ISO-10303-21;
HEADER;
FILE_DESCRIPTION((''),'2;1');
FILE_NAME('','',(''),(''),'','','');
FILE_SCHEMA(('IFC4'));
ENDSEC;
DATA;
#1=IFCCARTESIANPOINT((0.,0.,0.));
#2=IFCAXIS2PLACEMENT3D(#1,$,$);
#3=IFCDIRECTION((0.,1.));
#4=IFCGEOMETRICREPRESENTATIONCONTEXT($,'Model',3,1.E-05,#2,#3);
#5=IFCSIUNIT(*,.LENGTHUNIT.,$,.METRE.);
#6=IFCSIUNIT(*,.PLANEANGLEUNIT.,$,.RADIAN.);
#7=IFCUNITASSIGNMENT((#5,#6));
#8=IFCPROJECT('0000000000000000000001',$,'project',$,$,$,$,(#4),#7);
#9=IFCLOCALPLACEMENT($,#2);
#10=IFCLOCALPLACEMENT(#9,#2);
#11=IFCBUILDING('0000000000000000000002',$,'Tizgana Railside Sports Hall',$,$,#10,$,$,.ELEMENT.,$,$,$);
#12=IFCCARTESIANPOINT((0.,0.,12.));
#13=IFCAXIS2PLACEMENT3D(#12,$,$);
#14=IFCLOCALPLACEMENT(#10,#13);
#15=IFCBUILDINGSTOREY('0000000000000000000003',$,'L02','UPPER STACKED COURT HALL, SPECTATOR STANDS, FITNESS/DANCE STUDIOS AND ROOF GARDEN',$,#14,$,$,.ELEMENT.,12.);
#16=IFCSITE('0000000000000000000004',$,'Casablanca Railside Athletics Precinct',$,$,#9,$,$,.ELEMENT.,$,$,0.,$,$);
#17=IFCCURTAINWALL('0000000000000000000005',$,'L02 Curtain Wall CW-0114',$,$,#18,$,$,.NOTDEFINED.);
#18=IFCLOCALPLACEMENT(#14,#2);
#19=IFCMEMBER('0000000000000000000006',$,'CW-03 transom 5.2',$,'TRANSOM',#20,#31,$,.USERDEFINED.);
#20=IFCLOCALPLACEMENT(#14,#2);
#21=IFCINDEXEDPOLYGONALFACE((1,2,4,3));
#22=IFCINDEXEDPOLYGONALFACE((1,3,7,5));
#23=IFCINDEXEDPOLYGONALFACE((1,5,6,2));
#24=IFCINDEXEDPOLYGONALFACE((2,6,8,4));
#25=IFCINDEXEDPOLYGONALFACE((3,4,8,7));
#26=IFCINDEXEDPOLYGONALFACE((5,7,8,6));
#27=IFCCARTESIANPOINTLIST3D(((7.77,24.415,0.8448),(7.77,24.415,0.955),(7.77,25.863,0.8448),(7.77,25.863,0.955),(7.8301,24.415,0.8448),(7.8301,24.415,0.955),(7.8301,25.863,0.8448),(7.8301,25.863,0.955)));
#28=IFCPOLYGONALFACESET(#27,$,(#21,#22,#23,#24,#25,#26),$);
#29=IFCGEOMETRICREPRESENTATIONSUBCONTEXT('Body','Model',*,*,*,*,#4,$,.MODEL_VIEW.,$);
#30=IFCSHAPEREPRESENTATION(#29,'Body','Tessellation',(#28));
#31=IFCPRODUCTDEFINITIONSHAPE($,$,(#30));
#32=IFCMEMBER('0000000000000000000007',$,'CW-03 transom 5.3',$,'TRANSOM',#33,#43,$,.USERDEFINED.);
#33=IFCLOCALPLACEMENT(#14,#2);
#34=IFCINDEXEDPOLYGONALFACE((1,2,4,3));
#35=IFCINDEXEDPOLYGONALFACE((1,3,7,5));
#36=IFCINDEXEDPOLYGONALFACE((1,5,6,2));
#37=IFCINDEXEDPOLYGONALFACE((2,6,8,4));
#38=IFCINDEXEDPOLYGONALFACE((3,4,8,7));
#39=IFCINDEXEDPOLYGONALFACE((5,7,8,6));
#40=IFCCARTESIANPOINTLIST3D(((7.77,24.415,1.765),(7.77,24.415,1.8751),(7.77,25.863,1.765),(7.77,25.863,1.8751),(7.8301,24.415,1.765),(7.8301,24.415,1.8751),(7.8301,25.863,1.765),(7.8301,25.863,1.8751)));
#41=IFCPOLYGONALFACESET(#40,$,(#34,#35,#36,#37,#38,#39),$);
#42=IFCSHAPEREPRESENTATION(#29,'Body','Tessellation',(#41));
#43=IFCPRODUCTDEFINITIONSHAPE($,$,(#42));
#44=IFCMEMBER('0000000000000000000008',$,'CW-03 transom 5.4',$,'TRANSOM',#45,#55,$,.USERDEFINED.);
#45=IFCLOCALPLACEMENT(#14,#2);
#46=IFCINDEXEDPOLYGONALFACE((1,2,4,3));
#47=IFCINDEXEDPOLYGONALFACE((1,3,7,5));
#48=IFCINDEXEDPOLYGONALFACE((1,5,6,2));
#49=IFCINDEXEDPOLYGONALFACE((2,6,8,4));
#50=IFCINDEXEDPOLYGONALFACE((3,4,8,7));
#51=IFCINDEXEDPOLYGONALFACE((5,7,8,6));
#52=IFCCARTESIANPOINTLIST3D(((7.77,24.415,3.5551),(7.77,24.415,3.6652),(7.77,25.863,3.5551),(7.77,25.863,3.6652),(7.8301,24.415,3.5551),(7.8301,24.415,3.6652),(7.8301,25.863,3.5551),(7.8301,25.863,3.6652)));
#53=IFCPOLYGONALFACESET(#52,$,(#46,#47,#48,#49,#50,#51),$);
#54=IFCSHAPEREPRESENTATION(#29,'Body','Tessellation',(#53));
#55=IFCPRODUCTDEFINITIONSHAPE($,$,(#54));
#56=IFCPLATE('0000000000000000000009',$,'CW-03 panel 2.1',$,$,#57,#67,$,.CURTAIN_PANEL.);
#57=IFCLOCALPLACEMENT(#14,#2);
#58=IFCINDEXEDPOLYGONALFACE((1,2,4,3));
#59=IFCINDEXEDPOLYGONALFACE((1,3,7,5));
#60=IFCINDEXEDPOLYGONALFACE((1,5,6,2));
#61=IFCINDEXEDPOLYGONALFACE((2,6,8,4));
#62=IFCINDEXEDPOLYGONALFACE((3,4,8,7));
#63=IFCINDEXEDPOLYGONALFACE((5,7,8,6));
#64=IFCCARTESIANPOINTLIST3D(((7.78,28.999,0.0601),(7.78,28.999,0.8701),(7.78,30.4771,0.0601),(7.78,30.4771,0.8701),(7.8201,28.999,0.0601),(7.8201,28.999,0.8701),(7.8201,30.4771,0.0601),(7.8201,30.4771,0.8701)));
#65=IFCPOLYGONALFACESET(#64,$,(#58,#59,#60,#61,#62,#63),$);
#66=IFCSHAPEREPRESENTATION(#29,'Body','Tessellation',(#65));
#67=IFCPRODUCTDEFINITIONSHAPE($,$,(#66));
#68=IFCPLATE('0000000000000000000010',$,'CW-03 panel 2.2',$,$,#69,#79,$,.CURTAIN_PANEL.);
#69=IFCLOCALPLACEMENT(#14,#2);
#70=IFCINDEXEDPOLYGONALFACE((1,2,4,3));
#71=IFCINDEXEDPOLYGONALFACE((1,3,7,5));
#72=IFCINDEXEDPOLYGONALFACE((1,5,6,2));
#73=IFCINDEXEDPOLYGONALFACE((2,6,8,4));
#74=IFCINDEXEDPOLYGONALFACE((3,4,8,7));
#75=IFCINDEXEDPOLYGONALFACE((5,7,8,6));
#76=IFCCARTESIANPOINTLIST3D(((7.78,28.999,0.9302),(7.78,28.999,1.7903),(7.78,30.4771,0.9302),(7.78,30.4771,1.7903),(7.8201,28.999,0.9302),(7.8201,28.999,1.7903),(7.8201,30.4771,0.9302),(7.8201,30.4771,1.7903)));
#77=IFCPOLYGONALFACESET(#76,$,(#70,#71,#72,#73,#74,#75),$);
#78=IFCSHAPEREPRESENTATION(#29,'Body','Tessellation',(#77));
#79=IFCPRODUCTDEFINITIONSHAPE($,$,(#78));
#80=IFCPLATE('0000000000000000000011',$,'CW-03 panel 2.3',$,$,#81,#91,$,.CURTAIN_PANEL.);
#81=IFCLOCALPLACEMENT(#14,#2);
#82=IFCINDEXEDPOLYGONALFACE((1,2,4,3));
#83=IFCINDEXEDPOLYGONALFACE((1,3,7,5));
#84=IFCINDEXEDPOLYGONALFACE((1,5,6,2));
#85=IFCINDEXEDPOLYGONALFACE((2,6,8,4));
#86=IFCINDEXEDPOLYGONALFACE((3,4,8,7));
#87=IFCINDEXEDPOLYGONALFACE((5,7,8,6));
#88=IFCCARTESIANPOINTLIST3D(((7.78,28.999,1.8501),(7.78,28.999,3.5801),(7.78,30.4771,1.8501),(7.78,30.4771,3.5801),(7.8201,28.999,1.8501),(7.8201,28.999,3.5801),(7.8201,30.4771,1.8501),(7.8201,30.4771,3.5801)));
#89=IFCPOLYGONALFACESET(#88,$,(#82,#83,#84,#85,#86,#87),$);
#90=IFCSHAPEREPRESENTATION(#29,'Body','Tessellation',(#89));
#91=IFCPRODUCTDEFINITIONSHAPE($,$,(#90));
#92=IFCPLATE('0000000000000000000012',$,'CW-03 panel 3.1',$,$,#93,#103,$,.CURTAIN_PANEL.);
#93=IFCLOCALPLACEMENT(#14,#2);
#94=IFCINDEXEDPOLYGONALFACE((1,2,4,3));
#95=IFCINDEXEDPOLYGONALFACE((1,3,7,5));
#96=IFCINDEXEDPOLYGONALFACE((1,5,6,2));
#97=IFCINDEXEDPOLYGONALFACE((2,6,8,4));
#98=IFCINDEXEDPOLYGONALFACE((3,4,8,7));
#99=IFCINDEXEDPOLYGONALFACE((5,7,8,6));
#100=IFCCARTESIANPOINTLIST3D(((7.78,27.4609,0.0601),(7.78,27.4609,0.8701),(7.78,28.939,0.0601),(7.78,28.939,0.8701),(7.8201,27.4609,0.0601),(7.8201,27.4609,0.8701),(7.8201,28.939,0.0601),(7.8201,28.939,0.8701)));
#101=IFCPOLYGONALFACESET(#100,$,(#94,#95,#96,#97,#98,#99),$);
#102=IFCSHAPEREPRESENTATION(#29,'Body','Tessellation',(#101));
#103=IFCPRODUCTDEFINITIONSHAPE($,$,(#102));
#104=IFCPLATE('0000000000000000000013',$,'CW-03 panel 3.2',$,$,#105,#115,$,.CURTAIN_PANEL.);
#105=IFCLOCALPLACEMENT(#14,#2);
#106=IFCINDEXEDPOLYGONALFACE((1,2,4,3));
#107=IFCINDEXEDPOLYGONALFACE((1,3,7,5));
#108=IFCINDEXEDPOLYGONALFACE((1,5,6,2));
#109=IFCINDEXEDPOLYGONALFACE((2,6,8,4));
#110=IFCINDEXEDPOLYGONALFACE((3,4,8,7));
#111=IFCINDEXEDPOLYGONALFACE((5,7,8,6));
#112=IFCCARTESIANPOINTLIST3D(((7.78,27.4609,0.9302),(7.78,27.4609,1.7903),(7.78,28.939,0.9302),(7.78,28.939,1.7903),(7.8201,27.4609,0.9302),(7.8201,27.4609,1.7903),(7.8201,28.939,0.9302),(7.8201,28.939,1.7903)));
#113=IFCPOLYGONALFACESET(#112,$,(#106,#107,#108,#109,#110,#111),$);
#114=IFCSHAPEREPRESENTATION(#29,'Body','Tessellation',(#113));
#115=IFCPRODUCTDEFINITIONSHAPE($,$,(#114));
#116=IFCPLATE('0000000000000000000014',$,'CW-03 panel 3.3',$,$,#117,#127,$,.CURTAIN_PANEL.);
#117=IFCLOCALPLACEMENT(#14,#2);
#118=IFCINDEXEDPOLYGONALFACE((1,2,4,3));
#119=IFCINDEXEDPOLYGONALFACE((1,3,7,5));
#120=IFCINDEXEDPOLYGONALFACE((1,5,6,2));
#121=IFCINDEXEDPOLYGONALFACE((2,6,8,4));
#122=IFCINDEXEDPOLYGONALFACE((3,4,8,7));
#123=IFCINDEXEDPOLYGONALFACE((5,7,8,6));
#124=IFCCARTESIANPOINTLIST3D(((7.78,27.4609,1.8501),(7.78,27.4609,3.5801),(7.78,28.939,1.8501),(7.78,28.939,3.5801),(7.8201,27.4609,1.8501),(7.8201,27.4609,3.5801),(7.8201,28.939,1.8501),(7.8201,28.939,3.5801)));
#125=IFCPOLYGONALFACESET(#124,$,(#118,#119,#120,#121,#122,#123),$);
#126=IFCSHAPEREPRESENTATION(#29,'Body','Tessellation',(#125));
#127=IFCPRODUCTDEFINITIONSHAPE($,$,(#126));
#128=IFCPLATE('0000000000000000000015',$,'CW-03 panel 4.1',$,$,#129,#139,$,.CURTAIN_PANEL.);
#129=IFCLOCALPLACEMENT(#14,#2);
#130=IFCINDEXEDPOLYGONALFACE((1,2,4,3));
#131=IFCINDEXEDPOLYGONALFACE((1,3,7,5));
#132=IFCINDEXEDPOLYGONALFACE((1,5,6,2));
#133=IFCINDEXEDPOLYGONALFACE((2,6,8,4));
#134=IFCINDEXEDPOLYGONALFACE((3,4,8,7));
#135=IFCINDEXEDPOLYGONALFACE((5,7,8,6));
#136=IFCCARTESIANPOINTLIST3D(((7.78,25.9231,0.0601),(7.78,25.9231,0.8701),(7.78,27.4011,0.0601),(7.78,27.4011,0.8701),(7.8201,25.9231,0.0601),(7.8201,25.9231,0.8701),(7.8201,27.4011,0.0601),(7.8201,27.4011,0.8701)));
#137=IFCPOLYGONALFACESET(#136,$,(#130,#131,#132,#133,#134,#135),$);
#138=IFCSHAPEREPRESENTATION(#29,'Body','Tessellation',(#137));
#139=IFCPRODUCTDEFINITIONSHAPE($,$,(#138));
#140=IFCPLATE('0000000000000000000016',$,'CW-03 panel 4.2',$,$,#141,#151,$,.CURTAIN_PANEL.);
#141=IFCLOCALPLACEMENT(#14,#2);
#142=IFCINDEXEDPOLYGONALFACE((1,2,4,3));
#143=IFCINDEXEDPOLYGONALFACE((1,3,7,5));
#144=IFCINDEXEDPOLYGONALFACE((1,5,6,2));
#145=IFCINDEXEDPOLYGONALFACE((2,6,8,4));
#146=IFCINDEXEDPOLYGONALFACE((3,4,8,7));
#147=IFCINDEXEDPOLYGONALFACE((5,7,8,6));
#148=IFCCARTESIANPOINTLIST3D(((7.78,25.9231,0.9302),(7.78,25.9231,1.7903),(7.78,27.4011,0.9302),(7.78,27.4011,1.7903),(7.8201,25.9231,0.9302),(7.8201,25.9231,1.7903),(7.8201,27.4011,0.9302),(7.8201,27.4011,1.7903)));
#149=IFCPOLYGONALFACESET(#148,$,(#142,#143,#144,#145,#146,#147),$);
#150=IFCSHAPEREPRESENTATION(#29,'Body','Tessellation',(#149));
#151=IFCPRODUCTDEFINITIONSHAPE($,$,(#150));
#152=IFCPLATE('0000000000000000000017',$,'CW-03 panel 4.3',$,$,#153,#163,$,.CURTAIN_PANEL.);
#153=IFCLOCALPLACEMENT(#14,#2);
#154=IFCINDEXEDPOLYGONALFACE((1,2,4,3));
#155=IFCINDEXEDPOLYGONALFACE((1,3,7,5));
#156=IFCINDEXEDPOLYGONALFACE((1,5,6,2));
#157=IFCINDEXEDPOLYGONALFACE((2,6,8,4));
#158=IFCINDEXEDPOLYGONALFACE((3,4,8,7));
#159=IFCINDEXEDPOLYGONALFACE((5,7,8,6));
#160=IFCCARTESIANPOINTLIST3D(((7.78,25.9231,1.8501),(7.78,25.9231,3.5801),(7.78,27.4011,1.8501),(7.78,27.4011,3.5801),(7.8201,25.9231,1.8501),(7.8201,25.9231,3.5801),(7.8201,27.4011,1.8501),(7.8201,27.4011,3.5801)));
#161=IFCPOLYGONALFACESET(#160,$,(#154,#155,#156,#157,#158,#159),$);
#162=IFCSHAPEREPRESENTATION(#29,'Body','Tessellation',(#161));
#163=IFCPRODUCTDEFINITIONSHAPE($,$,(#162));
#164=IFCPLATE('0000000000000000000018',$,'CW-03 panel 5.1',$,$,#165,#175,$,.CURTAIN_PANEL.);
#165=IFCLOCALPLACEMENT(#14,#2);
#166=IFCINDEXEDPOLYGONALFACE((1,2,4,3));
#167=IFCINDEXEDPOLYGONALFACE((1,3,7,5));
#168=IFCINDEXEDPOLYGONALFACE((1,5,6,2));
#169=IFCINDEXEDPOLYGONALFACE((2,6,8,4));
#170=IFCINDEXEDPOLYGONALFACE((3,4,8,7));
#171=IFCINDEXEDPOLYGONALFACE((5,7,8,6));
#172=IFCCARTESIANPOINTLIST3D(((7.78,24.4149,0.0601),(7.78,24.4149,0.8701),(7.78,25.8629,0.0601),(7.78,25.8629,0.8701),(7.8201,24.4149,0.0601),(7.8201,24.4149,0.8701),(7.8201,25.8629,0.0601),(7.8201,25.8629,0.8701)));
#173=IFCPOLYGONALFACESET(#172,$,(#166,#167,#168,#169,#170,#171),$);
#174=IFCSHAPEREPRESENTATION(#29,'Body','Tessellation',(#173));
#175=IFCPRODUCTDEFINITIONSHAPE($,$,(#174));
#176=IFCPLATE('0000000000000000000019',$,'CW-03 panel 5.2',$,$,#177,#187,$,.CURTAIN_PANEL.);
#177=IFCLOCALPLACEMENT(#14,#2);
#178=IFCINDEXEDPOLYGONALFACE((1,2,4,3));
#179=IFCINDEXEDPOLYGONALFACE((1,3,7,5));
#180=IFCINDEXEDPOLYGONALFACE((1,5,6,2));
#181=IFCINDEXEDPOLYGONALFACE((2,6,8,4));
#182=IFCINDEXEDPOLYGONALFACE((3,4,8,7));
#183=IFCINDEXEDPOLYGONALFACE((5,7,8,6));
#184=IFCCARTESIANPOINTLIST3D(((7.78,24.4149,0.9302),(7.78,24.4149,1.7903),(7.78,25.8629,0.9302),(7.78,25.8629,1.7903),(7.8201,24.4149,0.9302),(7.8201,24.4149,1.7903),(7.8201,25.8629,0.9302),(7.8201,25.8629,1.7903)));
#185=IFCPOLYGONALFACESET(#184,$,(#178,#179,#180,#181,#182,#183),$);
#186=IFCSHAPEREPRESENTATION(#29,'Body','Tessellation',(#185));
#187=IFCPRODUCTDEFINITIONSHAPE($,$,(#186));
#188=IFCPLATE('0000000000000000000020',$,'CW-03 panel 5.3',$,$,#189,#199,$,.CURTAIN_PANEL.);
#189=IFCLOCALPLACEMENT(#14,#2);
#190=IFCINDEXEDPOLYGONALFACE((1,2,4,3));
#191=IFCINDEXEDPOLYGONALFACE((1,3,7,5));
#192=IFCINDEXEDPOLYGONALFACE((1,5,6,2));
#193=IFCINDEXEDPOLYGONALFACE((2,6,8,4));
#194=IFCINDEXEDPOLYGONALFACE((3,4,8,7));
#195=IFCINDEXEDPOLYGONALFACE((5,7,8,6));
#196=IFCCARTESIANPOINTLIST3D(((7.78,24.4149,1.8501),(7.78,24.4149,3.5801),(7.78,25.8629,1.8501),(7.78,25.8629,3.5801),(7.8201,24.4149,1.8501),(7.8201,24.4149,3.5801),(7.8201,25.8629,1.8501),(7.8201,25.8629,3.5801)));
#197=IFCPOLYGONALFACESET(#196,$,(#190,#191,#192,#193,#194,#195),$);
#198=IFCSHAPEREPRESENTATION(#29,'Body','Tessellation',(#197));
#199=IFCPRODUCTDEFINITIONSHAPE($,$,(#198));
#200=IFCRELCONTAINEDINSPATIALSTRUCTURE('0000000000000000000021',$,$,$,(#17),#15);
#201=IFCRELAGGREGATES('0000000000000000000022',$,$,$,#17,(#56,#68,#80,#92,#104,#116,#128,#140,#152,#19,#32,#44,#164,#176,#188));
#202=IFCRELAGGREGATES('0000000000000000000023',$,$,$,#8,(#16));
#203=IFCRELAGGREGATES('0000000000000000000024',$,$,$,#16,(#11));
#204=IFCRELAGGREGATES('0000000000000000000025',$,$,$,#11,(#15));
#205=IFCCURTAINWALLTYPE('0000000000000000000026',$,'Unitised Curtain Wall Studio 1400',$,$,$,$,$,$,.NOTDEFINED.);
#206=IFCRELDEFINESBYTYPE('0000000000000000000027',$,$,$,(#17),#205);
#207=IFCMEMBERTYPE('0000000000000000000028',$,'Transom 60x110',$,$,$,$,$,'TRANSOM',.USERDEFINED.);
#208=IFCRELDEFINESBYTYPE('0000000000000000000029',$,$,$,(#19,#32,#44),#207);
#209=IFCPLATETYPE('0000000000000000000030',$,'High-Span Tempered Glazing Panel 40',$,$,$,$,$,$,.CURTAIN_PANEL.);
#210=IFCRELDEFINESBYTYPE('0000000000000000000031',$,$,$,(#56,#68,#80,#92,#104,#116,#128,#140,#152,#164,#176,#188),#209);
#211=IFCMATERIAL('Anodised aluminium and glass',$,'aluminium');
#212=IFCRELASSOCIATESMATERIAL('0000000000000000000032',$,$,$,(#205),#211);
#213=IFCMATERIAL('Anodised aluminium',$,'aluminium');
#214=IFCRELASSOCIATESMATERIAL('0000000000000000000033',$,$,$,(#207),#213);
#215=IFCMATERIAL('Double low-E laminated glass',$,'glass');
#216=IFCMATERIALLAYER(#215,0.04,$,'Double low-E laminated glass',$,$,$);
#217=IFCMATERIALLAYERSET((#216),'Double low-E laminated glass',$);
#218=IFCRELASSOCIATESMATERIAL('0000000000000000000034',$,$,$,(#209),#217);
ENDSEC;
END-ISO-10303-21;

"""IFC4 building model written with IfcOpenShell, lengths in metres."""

from ifc_helpers import new_model, si_unit, direction, frame, origin, origin_2d, place, context, subcontext, project, spatial, rectangle, extrude, material, layer, layer_set, material_profile, profile_set, type_object, element, aggregate, save


model = new_model("IFC4")

# Units and contexts
model_context = context("Model", 3, precision=1e-05, world=origin(), true_north=direction((0.0, 1.0)))
body_context = subcontext(model_context, "Body", "Model", "MODEL_VIEW")
ifc_project = project(units=[si_unit("LENGTHUNIT", "METRE"), si_unit("PLANEANGLEUNIT", "RADIAN")], contexts=[model_context])

# Site, building, storey
site_placement = place(None, origin())
site = spatial("IfcSite", under=ifc_project, at=site_placement, Name="Casablanca Railside Athletics Precinct", CompositionType="ELEMENT", RefElevation=0.0)
building_placement = place(site_placement, origin())
building = spatial("IfcBuilding", under=site, at=building_placement, Name="Tizgana Railside Sports Hall", CompositionType="ELEMENT")
storey_placement = place(building_placement, frame((0.0, 0.0, 12.0)))
storey = spatial("IfcBuildingStorey", under=building, at=storey_placement, Name="L02", Description="UPPER STACKED COURT HALL, SPECTATOR STANDS, FITNESS/DANCE STUDIOS AND ROOF GARDEN", CompositionType="ELEMENT", Elevation=12.0)

# Curtain wall
ifc_material_1 = material(Name="Anodised aluminium and glass", Category="aluminium")
curtain_wall_type_1 = type_object("IfcCurtainWallType", Name="Unitised Curtain Wall Studio 1400", PredefinedType="NOTDEFINED", material=ifc_material_1)
curtain_wall_1_placement = place(storey_placement, origin())
curtain_wall_1 = element("IfcCurtainWall", 1, at=curtain_wall_1_placement, inside=storey, type_object=curtain_wall_type_1, Name="L02 Curtain Wall CW-0114", PredefinedType="NOTDEFINED")
ifc_material_2 = material(Name="Anodised aluminium", Category="aluminium")

# Members
ifc_material_profile_1 = material_profile(ifc_material_2, rectangle(XDim=0.0601, YDim=0.1101, at=origin_2d()), Name="Transom 60x110")
ifc_profile_set_1 = profile_set([ifc_material_profile_1], Name="Anodised aluminium")
member_type_1 = type_object("IfcMemberType", Name="Transom 60x110", ElementType="TRANSOM", PredefinedType="USERDEFINED", material=ifc_profile_set_1)
member_1_placement = place(storey_placement, frame((7.8, 25.863, 0.8999), z_axis=(0.0, -1.0, 0.0), x_axis=(1.0, 0.0, 0.0)))
member_1 = element("IfcMember", 2, at=member_1_placement, type_object=member_type_1, Name="CW-03 transom 5.2", ObjectType="TRANSOM", PredefinedType="USERDEFINED", context=body_context, shape_type="SweptSolid", body=[
    extrude(rectangle(XDim=0.0601, YDim=0.1101, at=origin_2d()), origin(), (0.0, 0.0, 1.0), 1.448),
])
member_2_placement = place(storey_placement, frame((7.8, 25.863, 1.8201), z_axis=(0.0, -1.0, 0.0), x_axis=(1.0, 0.0, 0.0)))
member_2 = element("IfcMember", 3, at=member_2_placement, type_object=member_type_1, Name="CW-03 transom 5.3", ObjectType="TRANSOM", PredefinedType="USERDEFINED", context=body_context, shape_type="SweptSolid", body=[
    extrude(rectangle(XDim=0.0601, YDim=0.1101, at=origin_2d()), origin(), (0.0, 0.0, 1.0), 1.448),
])
member_3_placement = place(storey_placement, frame((7.8, 25.863, 3.6101), z_axis=(0.0, -1.0, 0.0), x_axis=(1.0, 0.0, 0.0)))
member_3 = element("IfcMember", 4, at=member_3_placement, type_object=member_type_1, Name="CW-03 transom 5.4", ObjectType="TRANSOM", PredefinedType="USERDEFINED", context=body_context, shape_type="SweptSolid", body=[
    extrude(rectangle(XDim=0.0601, YDim=0.1101, at=origin_2d()), origin(), (0.0, 0.0, 1.0), 1.448),
])

# Plates
ifc_material_3 = material(Name="Double low-E laminated glass", Category="glass")
ifc_layer = layer(ifc_material_3, 0.04, Name="Double low-E laminated glass")
ifc_layer_set = layer_set([ifc_layer], Name="Double low-E laminated glass")
plate_type = type_object("IfcPlateType", Name="High-Span Tempered Glazing Panel 40", PredefinedType="CURTAIN_PANEL", material=ifc_layer_set)
plate_1_placement = place(storey_placement, frame((7.8, 29.738, 0.0601), z_axis=(0.0, 0.0, 1.0), x_axis=(0.0, -1.0, 0.0)))
plate_1 = element("IfcPlate", 5, at=plate_1_placement, type_object=plate_type, Name="CW-03 panel 2.1", PredefinedType="CURTAIN_PANEL", context=body_context, shape_type="SweptSolid", body=[
    extrude(rectangle(XDim=1.478, YDim=0.04, at=origin_2d()), origin(), (0.0, 0.0, 1.0), 0.8101),
])
plate_2_placement = place(storey_placement, frame((7.8, 29.738, 0.9302), z_axis=(0.0, 0.0, 1.0), x_axis=(0.0, -1.0, 0.0)))
plate_2 = element("IfcPlate", 6, at=plate_2_placement, type_object=plate_type, Name="CW-03 panel 2.2", PredefinedType="CURTAIN_PANEL", context=body_context, shape_type="SweptSolid", body=[
    extrude(rectangle(XDim=1.478, YDim=0.04, at=origin_2d()), origin(), (0.0, 0.0, 1.0), 0.8601),
])
plate_3_placement = place(storey_placement, frame((7.8, 29.738, 1.8501), z_axis=(0.0, 0.0, 1.0), x_axis=(0.0, -1.0, 0.0)))
plate_3 = element("IfcPlate", 7, at=plate_3_placement, type_object=plate_type, Name="CW-03 panel 2.3", PredefinedType="CURTAIN_PANEL", context=body_context, shape_type="SweptSolid", body=[
    extrude(rectangle(XDim=1.478, YDim=0.04, at=origin_2d()), origin(), (0.0, 0.0, 1.0), 1.73),
])
plate_4_placement = place(storey_placement, frame((7.8, 28.2, 0.0601), z_axis=(0.0, 0.0, 1.0), x_axis=(0.0, -1.0, 0.0)))
plate_4 = element("IfcPlate", 8, at=plate_4_placement, type_object=plate_type, Name="CW-03 panel 3.1", PredefinedType="CURTAIN_PANEL", context=body_context, shape_type="SweptSolid", body=[
    extrude(rectangle(XDim=1.478, YDim=0.04, at=origin_2d()), origin(), (0.0, 0.0, 1.0), 0.8101),
])
plate_5_placement = place(storey_placement, frame((7.8, 28.2, 0.9302), z_axis=(0.0, 0.0, 1.0), x_axis=(0.0, -1.0, 0.0)))
plate_5 = element("IfcPlate", 9, at=plate_5_placement, type_object=plate_type, Name="CW-03 panel 3.2", PredefinedType="CURTAIN_PANEL", context=body_context, shape_type="SweptSolid", body=[
    extrude(rectangle(XDim=1.478, YDim=0.04, at=origin_2d()), origin(), (0.0, 0.0, 1.0), 0.8601),
])
plate_6_placement = place(storey_placement, frame((7.8, 28.2, 1.8501), z_axis=(0.0, 0.0, 1.0), x_axis=(0.0, -1.0, 0.0)))
plate_6 = element("IfcPlate", 10, at=plate_6_placement, type_object=plate_type, Name="CW-03 panel 3.3", PredefinedType="CURTAIN_PANEL", context=body_context, shape_type="SweptSolid", body=[
    extrude(rectangle(XDim=1.478, YDim=0.04, at=origin_2d()), origin(), (0.0, 0.0, 1.0), 1.73),
])
plate_7_placement = place(storey_placement, frame((7.8, 26.6621, 0.0601), z_axis=(0.0, 0.0, 1.0), x_axis=(0.0, -1.0, 0.0)))
plate_7 = element("IfcPlate", 11, at=plate_7_placement, type_object=plate_type, Name="CW-03 panel 4.1", PredefinedType="CURTAIN_PANEL", context=body_context, shape_type="SweptSolid", body=[
    extrude(rectangle(XDim=1.478, YDim=0.04, at=origin_2d()), origin(), (0.0, 0.0, 1.0), 0.8101),
])
plate_8_placement = place(storey_placement, frame((7.8, 26.6621, 0.9302), z_axis=(0.0, 0.0, 1.0), x_axis=(0.0, -1.0, 0.0)))
plate_8 = element("IfcPlate", 12, at=plate_8_placement, type_object=plate_type, Name="CW-03 panel 4.2", PredefinedType="CURTAIN_PANEL", context=body_context, shape_type="SweptSolid", body=[
    extrude(rectangle(XDim=1.478, YDim=0.04, at=origin_2d()), origin(), (0.0, 0.0, 1.0), 0.8601),
])
plate_9_placement = place(storey_placement, frame((7.8, 26.6621, 1.8501), z_axis=(0.0, 0.0, 1.0), x_axis=(0.0, -1.0, 0.0)))
plate_9 = element("IfcPlate", 13, at=plate_9_placement, type_object=plate_type, Name="CW-03 panel 4.3", PredefinedType="CURTAIN_PANEL", context=body_context, shape_type="SweptSolid", body=[
    extrude(rectangle(XDim=1.478, YDim=0.04, at=origin_2d()), origin(), (0.0, 0.0, 1.0), 1.73),
])
plate_10_placement = place(storey_placement, frame((7.8, 25.1389, 0.0601), z_axis=(0.0, 0.0, 1.0), x_axis=(0.0, -1.0, 0.0)))
plate_10 = element("IfcPlate", 14, at=plate_10_placement, type_object=plate_type, Name="CW-03 panel 5.1", PredefinedType="CURTAIN_PANEL", context=body_context, shape_type="SweptSolid", body=[
    extrude(rectangle(XDim=1.448, YDim=0.04, at=origin_2d()), origin(), (0.0, 0.0, 1.0), 0.8101),
])
plate_11_placement = place(storey_placement, frame((7.8, 25.1389, 0.9302), z_axis=(0.0, 0.0, 1.0), x_axis=(0.0, -1.0, 0.0)))
plate_11 = element("IfcPlate", 15, at=plate_11_placement, type_object=plate_type, Name="CW-03 panel 5.2", PredefinedType="CURTAIN_PANEL", context=body_context, shape_type="SweptSolid", body=[
    extrude(rectangle(XDim=1.448, YDim=0.04, at=origin_2d()), origin(), (0.0, 0.0, 1.0), 0.8601),
])
plate_12_placement = place(storey_placement, frame((7.8, 25.1389, 1.8501), z_axis=(0.0, 0.0, 1.0), x_axis=(0.0, -1.0, 0.0)))
plate_12 = element("IfcPlate", 16, at=plate_12_placement, type_object=plate_type, Name="CW-03 panel 5.3", PredefinedType="CURTAIN_PANEL", context=body_context, shape_type="SweptSolid", body=[
    extrude(rectangle(XDim=1.448, YDim=0.04, at=origin_2d()), origin(), (0.0, 0.0, 1.0), 1.73),
])
aggregate(curtain_wall_1, [plate_1, plate_2, plate_3, plate_4, plate_5, plate_6, plate_7, plate_8, plate_9, member_1, member_2, member_3, plate_10, plate_11, plate_12])

save(model, "model.ifc")
